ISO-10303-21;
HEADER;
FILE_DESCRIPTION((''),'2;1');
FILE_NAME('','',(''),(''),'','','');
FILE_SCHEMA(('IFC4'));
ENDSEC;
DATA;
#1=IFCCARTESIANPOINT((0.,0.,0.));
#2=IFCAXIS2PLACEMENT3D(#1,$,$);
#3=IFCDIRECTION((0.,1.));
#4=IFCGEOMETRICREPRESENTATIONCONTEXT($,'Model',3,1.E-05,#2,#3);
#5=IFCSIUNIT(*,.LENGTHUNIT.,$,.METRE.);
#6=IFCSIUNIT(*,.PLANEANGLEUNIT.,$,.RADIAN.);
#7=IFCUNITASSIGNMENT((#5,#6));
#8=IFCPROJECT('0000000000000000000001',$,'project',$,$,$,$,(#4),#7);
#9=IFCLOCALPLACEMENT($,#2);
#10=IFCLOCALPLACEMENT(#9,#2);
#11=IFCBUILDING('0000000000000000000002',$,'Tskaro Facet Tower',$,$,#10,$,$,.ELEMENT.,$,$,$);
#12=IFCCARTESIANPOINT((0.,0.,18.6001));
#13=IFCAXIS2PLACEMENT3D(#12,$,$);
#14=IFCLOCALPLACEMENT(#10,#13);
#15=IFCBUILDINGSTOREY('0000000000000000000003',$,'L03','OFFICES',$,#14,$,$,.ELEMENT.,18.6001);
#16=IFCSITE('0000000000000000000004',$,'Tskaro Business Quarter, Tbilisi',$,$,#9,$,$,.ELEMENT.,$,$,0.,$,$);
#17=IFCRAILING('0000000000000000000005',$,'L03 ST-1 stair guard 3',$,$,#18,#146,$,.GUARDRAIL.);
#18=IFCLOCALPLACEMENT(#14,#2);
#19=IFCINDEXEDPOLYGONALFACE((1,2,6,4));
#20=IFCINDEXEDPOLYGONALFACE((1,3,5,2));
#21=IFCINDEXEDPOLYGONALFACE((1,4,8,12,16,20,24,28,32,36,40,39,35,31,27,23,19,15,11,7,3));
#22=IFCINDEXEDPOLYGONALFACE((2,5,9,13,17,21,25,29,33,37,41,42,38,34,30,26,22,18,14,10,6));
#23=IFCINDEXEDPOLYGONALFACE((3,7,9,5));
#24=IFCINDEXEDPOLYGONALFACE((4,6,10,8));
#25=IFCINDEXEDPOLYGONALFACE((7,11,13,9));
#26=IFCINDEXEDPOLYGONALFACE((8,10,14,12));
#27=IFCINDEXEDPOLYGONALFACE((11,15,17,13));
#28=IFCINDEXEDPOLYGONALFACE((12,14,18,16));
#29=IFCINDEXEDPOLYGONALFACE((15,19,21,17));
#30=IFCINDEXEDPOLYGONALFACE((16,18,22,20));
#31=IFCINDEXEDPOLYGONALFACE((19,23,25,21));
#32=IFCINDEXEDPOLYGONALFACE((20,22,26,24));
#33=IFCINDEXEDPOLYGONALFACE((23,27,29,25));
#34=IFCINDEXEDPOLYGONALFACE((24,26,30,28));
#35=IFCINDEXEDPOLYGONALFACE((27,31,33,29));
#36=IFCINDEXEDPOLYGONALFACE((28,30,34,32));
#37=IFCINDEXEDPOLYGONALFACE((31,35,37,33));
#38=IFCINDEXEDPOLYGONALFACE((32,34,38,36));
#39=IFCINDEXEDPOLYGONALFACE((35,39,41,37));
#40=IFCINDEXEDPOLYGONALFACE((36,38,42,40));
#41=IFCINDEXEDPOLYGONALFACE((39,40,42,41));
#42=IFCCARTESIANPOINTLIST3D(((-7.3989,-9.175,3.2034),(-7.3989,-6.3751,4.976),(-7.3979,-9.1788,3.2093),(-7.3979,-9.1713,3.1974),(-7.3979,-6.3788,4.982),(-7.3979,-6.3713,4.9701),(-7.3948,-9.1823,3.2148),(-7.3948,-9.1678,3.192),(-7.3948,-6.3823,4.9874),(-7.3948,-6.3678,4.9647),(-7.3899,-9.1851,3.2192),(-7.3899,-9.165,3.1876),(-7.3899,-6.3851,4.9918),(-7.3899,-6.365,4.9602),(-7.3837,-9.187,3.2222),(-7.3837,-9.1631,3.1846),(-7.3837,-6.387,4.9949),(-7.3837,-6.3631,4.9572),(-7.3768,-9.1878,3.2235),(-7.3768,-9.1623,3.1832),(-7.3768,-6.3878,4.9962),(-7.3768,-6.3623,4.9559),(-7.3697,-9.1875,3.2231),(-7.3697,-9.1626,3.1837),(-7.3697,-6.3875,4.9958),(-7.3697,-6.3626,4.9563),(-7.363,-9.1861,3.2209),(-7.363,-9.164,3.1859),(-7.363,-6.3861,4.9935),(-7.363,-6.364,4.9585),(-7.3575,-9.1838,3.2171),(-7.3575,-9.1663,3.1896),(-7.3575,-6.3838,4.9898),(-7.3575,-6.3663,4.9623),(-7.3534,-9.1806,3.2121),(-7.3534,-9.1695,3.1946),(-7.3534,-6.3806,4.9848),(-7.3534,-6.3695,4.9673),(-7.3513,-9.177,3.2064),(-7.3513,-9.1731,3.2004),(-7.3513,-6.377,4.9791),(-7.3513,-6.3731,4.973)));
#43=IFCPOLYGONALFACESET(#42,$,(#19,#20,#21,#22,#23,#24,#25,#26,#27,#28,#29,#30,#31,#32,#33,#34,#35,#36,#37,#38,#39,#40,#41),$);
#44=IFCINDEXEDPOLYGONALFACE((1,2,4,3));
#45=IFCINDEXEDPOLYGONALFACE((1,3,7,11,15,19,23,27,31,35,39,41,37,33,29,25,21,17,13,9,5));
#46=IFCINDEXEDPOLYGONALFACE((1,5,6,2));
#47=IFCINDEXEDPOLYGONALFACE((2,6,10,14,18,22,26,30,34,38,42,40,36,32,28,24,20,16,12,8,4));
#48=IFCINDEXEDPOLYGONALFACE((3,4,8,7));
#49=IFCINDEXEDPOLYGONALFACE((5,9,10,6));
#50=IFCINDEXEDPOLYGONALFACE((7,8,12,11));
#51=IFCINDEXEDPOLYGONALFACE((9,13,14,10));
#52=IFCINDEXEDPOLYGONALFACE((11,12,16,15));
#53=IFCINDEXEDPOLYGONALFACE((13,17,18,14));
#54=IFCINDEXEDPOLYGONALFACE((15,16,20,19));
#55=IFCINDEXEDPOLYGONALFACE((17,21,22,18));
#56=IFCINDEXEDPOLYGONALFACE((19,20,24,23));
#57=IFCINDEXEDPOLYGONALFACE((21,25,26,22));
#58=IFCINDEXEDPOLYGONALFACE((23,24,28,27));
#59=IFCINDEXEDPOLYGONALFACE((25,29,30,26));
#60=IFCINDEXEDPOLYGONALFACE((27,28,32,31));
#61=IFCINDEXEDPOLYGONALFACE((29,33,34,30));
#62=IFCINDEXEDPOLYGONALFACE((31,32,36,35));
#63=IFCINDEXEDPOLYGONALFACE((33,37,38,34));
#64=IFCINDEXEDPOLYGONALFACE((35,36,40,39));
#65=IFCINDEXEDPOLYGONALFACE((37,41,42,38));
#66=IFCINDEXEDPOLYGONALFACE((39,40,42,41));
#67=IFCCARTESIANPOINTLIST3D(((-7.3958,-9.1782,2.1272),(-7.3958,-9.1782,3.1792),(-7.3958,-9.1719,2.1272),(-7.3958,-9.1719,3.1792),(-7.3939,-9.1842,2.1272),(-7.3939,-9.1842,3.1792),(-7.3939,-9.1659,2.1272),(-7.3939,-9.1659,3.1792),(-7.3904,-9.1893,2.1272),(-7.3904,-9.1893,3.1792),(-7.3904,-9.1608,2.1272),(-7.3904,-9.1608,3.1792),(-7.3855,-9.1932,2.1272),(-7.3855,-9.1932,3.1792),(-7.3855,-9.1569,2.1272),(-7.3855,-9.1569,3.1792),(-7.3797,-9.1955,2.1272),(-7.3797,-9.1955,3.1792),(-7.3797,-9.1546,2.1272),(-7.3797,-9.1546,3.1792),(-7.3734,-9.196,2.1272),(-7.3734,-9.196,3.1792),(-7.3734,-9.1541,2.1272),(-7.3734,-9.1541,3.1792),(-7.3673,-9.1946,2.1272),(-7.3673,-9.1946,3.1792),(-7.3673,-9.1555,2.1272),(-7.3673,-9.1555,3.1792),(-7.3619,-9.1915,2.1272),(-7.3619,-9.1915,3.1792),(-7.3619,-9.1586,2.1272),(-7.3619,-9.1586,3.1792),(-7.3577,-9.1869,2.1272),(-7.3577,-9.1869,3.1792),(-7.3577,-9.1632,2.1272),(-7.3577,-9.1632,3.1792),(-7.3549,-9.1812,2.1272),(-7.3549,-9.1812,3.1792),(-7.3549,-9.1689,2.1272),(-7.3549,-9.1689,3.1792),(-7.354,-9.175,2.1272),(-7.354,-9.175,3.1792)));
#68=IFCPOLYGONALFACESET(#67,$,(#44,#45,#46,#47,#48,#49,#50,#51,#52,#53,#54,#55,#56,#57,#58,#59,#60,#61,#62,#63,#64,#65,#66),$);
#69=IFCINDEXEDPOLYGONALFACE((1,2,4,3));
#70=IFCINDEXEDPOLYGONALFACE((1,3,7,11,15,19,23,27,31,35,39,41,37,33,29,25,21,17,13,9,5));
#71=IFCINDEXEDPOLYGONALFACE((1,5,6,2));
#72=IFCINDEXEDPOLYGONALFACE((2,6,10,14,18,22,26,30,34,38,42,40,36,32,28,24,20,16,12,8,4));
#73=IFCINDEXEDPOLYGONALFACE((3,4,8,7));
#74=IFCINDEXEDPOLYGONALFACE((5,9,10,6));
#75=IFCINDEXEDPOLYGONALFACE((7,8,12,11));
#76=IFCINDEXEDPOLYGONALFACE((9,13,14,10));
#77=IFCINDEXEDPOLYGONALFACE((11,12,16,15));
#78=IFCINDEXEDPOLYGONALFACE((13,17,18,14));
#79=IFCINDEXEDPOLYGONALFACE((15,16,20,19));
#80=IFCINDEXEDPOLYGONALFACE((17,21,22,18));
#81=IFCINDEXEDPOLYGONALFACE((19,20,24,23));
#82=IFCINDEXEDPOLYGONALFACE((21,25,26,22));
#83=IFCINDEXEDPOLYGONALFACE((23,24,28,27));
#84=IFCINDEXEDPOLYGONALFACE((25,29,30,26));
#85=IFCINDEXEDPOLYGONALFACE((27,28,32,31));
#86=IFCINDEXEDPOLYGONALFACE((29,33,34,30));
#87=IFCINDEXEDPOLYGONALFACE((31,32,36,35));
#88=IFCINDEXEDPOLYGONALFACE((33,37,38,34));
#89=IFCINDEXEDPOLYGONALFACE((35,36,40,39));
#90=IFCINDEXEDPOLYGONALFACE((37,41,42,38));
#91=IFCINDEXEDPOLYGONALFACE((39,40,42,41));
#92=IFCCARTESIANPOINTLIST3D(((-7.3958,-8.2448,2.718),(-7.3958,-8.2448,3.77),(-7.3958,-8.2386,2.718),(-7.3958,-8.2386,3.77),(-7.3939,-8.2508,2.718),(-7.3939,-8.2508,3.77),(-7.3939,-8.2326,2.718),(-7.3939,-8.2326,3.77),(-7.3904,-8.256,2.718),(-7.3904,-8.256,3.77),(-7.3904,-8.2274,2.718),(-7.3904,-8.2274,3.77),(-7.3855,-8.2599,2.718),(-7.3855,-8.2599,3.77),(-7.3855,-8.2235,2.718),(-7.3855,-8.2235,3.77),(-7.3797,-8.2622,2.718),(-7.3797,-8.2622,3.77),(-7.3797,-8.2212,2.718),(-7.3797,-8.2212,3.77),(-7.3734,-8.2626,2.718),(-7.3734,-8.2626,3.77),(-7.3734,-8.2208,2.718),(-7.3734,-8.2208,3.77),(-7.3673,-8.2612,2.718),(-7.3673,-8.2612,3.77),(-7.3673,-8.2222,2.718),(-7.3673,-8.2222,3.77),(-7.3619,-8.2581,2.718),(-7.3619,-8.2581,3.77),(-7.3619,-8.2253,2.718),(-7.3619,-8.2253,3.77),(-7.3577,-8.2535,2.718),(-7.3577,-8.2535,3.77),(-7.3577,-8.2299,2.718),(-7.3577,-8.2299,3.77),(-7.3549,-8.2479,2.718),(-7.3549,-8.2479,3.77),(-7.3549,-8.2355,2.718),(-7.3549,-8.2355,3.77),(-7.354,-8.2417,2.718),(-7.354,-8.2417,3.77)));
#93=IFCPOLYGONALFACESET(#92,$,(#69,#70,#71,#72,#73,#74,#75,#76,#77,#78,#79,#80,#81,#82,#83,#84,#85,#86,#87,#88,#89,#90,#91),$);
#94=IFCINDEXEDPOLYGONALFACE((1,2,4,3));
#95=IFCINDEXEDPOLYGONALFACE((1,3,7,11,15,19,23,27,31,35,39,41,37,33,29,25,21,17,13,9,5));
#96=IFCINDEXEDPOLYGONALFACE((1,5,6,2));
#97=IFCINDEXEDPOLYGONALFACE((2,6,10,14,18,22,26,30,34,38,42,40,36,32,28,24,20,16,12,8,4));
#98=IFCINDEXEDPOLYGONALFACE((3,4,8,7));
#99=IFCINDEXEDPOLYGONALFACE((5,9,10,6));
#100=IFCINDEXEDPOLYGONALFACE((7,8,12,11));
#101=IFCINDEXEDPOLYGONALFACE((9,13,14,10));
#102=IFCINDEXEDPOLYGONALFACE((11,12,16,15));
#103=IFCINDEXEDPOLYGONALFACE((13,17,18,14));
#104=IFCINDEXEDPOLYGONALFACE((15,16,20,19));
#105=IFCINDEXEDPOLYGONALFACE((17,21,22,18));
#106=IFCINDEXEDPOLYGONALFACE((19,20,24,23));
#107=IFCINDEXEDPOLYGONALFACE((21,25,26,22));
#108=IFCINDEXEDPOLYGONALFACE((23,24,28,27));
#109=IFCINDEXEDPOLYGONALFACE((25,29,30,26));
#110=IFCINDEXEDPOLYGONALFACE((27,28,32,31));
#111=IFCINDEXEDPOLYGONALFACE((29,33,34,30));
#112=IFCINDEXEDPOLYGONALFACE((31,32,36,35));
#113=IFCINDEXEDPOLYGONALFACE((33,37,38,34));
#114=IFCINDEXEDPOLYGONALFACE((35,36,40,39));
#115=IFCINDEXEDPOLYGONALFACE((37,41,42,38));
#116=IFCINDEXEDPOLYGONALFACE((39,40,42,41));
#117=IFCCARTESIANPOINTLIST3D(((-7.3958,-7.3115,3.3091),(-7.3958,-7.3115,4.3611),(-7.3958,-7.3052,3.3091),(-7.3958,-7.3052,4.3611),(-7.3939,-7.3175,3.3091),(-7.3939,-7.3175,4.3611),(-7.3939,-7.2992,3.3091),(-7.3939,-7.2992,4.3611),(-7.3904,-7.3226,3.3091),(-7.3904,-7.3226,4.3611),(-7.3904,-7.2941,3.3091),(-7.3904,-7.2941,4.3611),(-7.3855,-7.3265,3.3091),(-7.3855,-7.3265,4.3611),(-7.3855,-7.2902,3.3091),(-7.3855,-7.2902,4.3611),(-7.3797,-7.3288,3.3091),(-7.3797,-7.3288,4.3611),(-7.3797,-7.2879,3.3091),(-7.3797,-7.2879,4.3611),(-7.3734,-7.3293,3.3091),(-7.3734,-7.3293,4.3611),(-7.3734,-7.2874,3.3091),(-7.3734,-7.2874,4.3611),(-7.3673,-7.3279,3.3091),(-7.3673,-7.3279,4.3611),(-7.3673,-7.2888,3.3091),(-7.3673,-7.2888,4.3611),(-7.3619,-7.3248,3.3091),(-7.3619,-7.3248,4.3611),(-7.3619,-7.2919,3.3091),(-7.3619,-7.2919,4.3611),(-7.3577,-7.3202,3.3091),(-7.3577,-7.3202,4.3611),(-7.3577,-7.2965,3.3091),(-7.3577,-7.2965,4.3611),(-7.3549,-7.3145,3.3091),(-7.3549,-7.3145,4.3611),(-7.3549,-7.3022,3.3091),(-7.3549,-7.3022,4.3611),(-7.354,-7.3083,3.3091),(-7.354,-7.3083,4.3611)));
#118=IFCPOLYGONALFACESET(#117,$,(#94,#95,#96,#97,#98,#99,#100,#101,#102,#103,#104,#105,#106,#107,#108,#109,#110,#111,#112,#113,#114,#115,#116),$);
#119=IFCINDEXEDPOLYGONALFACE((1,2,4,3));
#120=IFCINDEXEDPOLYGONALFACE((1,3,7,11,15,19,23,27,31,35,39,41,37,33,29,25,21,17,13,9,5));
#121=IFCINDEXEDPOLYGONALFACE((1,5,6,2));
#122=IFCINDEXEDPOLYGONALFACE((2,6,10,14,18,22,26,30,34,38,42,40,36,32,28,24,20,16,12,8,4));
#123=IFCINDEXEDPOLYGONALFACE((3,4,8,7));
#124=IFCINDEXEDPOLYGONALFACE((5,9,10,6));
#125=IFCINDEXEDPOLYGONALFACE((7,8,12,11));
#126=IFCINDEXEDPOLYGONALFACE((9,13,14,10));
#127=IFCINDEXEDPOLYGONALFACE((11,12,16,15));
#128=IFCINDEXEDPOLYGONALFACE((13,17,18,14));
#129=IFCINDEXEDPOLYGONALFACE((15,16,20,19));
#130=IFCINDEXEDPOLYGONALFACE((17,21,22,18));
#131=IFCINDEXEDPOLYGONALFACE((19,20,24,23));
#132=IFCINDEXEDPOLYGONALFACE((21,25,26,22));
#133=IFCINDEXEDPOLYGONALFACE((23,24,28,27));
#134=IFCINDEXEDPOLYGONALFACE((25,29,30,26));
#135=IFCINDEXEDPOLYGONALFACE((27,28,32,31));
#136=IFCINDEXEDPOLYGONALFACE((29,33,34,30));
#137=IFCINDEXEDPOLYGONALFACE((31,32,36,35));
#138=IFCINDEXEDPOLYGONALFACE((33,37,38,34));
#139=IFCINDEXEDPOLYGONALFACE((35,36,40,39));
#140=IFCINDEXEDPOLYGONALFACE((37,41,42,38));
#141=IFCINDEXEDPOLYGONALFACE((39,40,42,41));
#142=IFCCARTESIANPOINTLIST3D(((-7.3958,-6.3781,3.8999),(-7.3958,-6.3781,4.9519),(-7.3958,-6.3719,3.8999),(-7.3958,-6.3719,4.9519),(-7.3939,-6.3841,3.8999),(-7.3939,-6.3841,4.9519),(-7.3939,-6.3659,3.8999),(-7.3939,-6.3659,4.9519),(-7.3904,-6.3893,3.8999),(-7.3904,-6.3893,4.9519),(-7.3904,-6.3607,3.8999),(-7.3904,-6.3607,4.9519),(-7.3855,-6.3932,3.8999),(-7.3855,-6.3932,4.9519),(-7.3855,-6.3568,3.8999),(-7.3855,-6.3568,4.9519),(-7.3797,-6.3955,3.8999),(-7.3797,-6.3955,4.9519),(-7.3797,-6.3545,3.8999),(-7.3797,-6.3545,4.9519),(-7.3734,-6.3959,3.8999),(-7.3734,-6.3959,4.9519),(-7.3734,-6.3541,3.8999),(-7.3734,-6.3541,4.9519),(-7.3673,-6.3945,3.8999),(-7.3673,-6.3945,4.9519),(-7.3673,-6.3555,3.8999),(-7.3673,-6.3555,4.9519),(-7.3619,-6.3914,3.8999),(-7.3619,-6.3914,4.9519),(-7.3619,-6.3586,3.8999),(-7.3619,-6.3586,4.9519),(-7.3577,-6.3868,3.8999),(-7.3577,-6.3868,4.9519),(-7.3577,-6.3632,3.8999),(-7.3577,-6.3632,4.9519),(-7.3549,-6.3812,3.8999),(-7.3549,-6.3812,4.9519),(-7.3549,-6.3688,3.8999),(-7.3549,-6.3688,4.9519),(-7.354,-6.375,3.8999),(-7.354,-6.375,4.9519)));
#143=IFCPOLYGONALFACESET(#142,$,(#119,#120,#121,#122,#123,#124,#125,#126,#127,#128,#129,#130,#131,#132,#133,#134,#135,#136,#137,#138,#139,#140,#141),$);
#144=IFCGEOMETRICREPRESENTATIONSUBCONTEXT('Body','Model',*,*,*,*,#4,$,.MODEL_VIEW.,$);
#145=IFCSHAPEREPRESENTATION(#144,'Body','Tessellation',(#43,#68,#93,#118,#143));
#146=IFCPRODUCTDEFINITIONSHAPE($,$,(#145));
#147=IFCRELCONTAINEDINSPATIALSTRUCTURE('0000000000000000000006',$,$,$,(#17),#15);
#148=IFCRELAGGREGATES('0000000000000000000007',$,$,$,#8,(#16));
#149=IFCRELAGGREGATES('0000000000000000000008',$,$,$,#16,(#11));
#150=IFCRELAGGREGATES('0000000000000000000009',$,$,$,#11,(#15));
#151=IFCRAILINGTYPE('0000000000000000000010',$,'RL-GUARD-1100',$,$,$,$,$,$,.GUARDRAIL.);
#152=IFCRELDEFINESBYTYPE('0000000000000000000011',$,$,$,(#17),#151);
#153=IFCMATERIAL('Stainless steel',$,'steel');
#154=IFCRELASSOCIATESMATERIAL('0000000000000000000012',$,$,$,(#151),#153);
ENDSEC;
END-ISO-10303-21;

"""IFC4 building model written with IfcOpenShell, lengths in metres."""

from ifc_helpers import new_model, si_unit, direction, frame, origin, origin_2d, place, context, subcontext, project, spatial, circle, extrude, material, type_object, element, save


model = new_model("IFC4")

# Units and contexts
model_context = context("Model", 3, precision=1e-05, world=origin(), true_north=direction((0.0, 1.0)))
body_context = subcontext(model_context, "Body", "Model", "MODEL_VIEW")
ifc_project = project(units=[si_unit("LENGTHUNIT", "METRE"), si_unit("PLANEANGLEUNIT", "RADIAN")], contexts=[model_context])

# Site, building, storey
site_placement = place(None, origin())
site = spatial("IfcSite", under=ifc_project, at=site_placement, Name="Tskaro Business Quarter, Tbilisi", CompositionType="ELEMENT", RefElevation=0.0)
building_placement = place(site_placement, origin())
building = spatial("IfcBuilding", under=site, at=building_placement, Name="Tskaro Facet Tower", CompositionType="ELEMENT")
storey_placement = place(building_placement, frame((0.0, 0.0, 18.6001)))
storey = spatial("IfcBuildingStorey", under=building, at=storey_placement, Name="L03", Description="OFFICES", CompositionType="ELEMENT", Elevation=18.6001)

# Shared definitions
ifc_material_1 = material(Name="Stainless steel", Category="steel")

# Railing
railing_type_1 = type_object("IfcRailingType", Name="RL-GUARD-1100", PredefinedType="GUARDRAIL", material=ifc_material_1)
railing_1_placement = place(storey_placement, frame((-7.375, -9.175, 2.1272)))
element("IfcRailing", 1, at=railing_1_placement, inside=storey, type_object=railing_type_1, Name="L03 ST-1 stair guard 3", PredefinedType="GUARDRAIL", context=body_context, shape_type="SweptSolid", body=[
    extrude(circle(Radius=0.0239, at=origin_2d()), frame((0.0, 0.0, 1.0762), z_axis=(0.0, 0.844909, 0.53491), x_axis=(-1.0, 0.0, 0.0)), (0.0, 0.0, 1.0), 3.314),
    extrude(circle(Radius=0.021, at=origin_2d()), origin(), (0.0, 0.0, 1.0), 1.052),
    extrude(circle(Radius=0.021, at=origin_2d()), frame((0.0, 0.9333, 0.5908)), (0.0, 0.0, 1.0), 1.052),
    extrude(circle(Radius=0.021, at=origin_2d()), frame((0.0, 1.8667, 1.1819)), (0.0, 0.0, 1.0), 1.052),
    extrude(circle(Radius=0.021, at=origin_2d()), frame((0.0, 2.8, 1.7727)), (0.0, 0.0, 1.0), 1.052),
])

save(model, "model.ifc")
